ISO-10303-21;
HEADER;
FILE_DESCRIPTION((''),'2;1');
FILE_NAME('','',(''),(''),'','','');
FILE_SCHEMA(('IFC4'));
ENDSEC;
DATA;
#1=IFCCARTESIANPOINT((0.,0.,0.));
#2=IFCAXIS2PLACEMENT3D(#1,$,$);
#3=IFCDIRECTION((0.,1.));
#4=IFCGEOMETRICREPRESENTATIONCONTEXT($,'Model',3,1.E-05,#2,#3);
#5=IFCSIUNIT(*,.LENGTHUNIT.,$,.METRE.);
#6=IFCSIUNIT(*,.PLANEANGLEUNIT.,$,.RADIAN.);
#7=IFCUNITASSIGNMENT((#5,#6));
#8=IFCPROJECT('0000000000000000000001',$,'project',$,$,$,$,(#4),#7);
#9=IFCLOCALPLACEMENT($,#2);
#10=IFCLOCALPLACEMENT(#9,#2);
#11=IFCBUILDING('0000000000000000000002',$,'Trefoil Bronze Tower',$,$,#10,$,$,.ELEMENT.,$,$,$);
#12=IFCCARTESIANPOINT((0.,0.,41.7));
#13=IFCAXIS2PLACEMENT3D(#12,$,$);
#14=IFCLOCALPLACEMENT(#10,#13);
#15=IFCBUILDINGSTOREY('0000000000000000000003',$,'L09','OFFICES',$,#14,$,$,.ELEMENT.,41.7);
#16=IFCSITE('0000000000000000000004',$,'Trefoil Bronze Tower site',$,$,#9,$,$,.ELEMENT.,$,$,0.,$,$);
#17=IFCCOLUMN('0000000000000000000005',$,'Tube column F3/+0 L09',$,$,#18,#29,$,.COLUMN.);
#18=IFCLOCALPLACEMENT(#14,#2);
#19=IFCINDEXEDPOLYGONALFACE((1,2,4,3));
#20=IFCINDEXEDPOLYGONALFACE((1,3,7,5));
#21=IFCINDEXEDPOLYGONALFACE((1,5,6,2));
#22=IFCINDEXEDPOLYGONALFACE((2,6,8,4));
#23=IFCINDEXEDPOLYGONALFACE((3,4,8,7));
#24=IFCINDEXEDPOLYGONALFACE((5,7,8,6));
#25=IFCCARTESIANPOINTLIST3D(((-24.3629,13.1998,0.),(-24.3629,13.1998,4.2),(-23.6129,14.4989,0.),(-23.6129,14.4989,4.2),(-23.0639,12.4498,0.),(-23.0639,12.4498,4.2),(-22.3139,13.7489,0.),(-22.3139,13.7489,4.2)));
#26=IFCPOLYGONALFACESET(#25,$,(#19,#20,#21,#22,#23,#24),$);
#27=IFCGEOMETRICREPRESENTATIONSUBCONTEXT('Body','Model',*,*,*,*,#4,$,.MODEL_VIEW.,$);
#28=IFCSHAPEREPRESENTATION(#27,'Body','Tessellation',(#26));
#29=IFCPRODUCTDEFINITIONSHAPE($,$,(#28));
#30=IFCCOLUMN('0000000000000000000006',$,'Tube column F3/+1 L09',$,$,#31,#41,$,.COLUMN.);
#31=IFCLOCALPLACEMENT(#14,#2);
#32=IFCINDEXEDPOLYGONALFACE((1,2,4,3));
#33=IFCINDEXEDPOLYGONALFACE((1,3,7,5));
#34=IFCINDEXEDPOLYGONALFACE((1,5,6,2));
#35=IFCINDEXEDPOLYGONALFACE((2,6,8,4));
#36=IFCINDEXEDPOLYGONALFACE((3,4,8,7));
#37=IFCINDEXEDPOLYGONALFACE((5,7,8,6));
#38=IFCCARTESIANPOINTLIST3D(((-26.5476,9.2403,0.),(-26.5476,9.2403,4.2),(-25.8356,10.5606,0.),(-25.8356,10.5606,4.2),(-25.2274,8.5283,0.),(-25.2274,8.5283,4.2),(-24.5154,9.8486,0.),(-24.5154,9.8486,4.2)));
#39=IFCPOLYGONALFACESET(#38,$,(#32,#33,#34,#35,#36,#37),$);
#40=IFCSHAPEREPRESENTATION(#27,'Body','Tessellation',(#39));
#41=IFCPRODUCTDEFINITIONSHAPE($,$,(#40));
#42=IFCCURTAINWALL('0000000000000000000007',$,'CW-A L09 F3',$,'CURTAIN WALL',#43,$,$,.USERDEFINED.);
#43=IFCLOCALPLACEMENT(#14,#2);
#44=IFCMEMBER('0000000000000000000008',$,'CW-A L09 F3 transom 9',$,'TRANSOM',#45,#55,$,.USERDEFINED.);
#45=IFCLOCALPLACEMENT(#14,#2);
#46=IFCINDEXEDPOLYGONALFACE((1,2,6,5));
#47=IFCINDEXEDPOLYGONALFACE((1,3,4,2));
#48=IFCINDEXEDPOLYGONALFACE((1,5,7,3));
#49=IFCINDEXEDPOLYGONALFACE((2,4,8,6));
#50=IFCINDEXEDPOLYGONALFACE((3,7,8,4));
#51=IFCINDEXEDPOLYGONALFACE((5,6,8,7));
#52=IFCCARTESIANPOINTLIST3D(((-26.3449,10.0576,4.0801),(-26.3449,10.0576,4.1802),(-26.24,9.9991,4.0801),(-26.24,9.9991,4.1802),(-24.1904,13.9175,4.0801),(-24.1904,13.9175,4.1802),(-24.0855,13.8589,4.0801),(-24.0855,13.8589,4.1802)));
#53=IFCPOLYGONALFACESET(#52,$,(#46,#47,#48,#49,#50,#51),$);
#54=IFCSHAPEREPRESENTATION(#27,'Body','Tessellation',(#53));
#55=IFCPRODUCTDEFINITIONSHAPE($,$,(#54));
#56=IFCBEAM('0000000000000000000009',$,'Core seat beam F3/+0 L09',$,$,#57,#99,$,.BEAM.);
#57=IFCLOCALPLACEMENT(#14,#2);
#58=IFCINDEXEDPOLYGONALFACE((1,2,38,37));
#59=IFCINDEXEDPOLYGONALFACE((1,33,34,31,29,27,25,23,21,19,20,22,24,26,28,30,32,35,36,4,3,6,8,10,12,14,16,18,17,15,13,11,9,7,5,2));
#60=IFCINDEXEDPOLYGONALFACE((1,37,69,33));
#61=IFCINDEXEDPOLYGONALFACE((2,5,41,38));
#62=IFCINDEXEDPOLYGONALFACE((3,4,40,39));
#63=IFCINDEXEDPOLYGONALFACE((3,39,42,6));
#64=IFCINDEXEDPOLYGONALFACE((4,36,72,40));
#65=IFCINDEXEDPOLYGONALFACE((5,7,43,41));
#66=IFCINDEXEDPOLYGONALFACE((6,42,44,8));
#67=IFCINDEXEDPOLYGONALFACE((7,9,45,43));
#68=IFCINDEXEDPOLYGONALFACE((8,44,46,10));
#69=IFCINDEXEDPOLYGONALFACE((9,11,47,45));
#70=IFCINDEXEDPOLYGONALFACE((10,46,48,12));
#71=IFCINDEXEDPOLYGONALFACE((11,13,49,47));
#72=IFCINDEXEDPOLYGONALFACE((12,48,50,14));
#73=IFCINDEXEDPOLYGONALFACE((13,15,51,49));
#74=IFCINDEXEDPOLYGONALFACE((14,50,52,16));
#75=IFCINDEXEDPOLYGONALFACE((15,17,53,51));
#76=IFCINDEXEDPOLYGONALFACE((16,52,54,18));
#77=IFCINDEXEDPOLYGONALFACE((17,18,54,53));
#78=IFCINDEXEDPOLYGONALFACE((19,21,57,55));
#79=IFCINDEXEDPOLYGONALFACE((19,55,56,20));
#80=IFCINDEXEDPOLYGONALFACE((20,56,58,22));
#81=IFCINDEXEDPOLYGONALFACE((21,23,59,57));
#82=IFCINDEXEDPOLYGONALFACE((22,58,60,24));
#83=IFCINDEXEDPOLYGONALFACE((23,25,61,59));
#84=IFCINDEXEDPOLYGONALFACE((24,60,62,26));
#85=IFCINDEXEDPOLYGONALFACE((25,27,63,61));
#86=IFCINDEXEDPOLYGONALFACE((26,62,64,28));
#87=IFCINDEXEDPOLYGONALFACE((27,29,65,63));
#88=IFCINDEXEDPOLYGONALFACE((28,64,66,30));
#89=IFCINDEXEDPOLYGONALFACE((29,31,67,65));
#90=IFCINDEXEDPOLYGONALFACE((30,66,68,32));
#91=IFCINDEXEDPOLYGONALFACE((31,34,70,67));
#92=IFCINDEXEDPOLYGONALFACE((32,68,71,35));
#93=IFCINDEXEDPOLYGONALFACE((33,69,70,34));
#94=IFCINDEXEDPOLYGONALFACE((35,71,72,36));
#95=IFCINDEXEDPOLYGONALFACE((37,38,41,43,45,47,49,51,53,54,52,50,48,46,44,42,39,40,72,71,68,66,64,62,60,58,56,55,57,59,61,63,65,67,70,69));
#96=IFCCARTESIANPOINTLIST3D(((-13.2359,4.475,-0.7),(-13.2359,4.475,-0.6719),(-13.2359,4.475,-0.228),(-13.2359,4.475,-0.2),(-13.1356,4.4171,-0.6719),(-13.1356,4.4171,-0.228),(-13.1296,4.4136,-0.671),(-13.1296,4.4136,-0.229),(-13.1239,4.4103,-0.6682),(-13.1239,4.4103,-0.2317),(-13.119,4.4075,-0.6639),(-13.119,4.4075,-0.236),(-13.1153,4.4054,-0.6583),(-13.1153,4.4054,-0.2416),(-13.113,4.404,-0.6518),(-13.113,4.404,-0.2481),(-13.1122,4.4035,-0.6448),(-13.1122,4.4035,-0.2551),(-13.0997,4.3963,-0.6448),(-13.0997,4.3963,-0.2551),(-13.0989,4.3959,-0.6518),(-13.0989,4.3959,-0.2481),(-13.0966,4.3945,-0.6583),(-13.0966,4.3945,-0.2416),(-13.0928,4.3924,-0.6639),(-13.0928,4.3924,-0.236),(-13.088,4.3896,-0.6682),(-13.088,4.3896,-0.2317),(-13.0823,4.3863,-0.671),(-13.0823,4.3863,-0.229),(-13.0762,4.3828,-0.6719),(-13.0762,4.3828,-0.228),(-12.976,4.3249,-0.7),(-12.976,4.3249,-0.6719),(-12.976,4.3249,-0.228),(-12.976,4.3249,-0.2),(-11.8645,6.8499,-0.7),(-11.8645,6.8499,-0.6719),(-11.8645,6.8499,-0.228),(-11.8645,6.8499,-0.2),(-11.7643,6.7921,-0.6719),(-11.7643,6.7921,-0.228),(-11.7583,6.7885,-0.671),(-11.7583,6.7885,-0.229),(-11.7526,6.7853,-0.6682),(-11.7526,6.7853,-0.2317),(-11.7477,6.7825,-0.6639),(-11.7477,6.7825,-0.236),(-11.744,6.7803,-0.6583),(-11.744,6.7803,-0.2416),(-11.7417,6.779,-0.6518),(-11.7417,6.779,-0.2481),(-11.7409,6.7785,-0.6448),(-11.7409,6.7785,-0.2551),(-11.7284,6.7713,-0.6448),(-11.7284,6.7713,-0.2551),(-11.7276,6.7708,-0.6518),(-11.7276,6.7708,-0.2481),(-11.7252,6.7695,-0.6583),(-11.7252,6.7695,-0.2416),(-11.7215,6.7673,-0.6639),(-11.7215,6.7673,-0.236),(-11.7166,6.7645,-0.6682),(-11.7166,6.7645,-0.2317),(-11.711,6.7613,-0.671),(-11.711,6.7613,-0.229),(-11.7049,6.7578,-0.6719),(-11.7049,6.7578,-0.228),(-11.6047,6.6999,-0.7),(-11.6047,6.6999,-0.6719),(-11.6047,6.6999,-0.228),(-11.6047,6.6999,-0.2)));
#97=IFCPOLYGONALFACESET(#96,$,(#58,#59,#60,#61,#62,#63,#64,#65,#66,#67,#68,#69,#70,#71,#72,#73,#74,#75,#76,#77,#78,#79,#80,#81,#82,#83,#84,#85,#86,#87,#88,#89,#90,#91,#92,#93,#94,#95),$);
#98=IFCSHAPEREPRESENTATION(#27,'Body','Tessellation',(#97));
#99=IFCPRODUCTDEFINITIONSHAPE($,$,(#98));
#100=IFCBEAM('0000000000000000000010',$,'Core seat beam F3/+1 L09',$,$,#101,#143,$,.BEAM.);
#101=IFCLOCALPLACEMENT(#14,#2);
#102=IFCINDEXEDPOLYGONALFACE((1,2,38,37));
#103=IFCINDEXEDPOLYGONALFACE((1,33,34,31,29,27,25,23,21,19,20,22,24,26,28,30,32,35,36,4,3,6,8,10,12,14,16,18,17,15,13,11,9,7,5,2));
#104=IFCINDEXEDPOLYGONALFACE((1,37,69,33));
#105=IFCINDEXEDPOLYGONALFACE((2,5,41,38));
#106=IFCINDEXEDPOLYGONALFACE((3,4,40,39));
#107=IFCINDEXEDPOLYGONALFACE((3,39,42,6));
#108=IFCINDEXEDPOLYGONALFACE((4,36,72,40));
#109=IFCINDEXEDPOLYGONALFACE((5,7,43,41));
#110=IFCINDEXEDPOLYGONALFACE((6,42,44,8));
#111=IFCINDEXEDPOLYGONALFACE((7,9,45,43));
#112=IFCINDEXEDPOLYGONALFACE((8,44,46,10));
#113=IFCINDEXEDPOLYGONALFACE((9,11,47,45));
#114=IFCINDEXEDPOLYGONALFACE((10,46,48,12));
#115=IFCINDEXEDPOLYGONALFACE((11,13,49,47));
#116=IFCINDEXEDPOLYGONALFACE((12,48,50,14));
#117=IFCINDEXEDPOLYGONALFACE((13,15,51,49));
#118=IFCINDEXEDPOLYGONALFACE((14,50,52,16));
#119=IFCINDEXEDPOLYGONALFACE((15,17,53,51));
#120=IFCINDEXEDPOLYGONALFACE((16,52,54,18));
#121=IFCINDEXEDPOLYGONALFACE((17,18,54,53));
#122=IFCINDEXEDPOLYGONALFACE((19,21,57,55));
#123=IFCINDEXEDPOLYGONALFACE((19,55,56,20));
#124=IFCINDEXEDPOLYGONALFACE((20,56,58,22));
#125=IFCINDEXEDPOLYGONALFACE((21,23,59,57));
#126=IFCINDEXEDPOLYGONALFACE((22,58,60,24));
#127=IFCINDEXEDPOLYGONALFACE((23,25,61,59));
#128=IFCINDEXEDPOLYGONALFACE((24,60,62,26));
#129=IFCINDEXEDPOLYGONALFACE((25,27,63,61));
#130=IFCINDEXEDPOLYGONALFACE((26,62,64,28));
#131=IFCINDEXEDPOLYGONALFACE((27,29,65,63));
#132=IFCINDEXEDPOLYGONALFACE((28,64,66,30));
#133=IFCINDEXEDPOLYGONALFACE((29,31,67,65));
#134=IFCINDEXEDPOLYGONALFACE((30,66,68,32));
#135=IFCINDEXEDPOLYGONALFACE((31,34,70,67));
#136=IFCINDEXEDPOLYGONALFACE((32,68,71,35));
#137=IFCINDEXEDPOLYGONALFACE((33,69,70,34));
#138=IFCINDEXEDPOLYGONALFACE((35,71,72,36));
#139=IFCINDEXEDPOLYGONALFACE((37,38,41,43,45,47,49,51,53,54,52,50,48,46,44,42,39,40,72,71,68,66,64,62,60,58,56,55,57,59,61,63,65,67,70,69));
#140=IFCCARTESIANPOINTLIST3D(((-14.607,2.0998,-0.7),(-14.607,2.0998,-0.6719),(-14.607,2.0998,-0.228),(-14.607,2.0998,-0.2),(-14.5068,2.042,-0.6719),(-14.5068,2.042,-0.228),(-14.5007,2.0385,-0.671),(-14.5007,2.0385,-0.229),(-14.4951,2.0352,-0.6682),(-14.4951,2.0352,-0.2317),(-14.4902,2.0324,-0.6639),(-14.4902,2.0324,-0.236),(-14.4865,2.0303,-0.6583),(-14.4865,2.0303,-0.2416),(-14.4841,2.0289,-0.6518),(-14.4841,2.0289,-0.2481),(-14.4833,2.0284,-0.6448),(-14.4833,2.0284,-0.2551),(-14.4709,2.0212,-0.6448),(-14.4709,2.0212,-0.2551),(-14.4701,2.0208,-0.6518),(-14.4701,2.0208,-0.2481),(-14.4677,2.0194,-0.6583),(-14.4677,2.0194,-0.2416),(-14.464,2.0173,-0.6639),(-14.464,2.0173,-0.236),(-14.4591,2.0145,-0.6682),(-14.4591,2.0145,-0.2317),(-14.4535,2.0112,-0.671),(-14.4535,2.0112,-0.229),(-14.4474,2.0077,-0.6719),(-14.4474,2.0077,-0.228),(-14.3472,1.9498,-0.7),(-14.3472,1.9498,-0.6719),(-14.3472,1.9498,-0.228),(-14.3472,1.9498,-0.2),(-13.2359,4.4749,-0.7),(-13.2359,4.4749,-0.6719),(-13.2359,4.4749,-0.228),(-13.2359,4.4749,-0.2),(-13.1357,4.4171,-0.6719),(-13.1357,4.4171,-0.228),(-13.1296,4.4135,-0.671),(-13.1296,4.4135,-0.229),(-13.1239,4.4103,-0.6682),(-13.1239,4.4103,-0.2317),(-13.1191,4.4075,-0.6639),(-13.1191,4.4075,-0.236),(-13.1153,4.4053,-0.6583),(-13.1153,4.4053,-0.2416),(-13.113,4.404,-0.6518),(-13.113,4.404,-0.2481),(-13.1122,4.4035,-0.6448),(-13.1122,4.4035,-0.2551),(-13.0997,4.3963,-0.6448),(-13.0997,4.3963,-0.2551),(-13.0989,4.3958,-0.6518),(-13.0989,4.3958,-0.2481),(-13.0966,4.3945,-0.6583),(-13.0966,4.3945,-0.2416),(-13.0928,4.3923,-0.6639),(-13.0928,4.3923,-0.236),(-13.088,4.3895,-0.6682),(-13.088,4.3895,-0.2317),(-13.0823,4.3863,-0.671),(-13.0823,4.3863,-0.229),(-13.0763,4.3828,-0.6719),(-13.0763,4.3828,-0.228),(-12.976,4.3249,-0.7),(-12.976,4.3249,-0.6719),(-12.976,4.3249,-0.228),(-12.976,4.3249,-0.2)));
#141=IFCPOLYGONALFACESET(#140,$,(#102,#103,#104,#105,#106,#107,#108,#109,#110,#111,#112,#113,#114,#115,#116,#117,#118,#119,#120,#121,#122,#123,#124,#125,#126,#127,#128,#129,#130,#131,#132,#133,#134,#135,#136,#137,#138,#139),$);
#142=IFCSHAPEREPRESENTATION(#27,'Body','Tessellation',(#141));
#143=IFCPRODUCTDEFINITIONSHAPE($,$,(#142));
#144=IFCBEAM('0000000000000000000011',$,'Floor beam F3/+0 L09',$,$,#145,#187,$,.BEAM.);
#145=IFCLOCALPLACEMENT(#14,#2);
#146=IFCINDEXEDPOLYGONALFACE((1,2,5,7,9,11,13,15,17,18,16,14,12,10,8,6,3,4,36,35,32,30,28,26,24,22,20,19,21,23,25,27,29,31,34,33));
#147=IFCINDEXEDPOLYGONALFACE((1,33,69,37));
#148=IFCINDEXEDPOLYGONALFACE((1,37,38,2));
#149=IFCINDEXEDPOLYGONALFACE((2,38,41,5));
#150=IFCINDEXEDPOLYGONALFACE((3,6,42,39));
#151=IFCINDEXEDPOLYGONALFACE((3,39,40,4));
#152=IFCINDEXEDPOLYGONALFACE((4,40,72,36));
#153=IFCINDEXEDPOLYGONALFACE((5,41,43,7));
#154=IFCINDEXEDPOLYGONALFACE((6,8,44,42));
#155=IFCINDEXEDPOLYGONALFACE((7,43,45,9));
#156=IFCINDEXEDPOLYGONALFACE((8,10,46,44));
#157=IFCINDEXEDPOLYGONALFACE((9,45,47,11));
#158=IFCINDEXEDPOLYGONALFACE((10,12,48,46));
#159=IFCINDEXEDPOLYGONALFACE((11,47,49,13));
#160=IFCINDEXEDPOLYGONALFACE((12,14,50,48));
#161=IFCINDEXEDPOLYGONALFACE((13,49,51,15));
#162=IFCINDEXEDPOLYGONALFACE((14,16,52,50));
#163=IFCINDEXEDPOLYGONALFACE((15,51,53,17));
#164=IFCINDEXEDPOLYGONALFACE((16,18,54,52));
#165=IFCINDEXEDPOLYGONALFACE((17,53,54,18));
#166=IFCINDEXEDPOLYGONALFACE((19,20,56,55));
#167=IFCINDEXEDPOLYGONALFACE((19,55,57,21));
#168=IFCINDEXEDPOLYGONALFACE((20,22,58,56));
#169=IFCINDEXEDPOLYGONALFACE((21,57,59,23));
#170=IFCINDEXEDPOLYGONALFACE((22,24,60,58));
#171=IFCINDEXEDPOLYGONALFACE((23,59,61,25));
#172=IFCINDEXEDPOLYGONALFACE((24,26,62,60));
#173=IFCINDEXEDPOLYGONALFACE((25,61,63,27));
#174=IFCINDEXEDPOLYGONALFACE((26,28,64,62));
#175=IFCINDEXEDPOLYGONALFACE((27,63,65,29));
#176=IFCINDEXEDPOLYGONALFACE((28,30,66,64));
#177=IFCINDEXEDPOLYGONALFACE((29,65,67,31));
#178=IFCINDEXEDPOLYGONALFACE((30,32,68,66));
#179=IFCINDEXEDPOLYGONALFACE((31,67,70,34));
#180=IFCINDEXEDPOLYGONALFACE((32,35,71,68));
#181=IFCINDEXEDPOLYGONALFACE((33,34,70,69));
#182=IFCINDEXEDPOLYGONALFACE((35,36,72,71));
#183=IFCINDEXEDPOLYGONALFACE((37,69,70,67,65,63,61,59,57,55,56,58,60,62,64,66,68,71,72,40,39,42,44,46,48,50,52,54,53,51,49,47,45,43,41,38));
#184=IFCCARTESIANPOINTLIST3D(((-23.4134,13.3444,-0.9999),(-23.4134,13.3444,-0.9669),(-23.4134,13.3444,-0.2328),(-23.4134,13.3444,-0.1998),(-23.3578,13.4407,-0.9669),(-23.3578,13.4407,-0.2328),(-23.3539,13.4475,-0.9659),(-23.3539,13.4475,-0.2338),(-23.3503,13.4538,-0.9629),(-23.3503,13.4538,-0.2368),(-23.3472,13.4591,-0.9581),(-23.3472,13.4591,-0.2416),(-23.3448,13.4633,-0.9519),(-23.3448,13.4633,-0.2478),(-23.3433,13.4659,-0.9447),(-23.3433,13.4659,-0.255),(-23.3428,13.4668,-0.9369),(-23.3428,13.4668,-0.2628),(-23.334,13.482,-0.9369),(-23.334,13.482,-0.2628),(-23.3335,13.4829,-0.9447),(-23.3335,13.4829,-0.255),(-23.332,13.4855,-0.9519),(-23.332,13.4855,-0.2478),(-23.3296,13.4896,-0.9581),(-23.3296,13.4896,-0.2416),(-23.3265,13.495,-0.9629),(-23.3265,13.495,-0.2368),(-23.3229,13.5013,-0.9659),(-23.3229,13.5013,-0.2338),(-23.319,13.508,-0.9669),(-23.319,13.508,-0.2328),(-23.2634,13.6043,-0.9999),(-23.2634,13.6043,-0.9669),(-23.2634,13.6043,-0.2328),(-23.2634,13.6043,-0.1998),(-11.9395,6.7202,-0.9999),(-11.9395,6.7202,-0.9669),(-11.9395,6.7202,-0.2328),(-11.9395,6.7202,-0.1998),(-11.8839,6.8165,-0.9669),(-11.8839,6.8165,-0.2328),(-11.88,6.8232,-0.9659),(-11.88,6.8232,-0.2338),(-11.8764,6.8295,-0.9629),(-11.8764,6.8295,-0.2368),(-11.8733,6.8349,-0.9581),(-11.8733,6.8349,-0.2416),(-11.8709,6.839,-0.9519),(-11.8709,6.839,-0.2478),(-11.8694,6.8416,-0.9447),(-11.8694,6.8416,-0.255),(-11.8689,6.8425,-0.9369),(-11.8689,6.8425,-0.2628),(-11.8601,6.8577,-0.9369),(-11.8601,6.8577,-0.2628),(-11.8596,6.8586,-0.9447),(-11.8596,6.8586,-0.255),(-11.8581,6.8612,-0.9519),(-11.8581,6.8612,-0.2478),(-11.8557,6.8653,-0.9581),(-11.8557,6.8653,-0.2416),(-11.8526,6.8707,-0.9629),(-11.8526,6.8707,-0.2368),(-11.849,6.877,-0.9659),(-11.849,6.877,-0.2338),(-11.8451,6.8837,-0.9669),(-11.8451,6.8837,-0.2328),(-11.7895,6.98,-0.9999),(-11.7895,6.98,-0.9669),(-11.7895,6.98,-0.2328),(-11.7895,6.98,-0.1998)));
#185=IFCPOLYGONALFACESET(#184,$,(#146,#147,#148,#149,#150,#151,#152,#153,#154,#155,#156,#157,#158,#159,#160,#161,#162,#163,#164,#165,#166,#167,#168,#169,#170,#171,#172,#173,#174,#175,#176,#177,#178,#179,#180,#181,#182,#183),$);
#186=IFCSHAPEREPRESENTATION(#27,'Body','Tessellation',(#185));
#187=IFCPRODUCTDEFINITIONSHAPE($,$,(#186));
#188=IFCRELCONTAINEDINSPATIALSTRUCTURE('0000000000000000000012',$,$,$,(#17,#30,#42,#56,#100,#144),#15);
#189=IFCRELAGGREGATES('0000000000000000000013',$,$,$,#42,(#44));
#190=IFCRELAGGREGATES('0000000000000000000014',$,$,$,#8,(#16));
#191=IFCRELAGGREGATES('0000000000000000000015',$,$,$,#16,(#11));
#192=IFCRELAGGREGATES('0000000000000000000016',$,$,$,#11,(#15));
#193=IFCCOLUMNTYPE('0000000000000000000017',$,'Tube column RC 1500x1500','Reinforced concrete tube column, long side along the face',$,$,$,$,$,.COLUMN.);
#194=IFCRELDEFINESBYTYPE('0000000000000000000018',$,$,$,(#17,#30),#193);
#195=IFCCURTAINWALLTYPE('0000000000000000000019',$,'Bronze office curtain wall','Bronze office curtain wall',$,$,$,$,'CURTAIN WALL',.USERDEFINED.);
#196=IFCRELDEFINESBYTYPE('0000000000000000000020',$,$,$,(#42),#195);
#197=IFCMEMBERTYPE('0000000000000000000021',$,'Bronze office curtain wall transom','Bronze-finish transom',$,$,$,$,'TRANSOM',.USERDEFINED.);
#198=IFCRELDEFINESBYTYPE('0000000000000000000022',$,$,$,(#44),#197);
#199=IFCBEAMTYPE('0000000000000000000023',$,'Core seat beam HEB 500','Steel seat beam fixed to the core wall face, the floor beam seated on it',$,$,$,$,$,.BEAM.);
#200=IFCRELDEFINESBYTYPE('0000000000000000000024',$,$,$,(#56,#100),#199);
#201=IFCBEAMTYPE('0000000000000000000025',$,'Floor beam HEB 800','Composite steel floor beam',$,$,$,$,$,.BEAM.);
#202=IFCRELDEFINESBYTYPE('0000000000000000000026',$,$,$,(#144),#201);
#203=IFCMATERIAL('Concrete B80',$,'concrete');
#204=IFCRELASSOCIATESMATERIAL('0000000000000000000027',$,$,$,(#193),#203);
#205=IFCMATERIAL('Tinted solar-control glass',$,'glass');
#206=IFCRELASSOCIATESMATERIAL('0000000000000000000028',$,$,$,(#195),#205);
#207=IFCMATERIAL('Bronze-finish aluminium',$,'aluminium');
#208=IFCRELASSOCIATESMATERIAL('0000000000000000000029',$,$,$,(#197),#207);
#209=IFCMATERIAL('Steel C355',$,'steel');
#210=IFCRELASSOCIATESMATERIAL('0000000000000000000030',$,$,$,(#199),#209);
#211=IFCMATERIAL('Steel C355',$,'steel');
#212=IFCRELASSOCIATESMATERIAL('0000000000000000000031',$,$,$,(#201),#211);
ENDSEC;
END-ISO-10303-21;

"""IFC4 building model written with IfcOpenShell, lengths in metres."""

from ifc_helpers import new_model, si_unit, direction, frame, origin, origin_2d, place, context, subcontext, project, spatial, rectangle, i_section, extrude, material, material_profile, profile_set, type_object, element, aggregate, save


model = new_model("IFC4")

# Units and contexts
model_context = context("Model", 3, precision=1e-05, world=origin(), true_north=direction((0.0, 1.0)))
body_context = subcontext(model_context, "Body", "Model", "MODEL_VIEW")
ifc_project = project(units=[si_unit("LENGTHUNIT", "METRE"), si_unit("PLANEANGLEUNIT", "RADIAN")], contexts=[model_context])

# Site, building, storey
site_placement = place(None, origin())
site = spatial("IfcSite", under=ifc_project, at=site_placement, Name="Trefoil Bronze Tower site", CompositionType="ELEMENT", RefElevation=0.0)
building_placement = place(site_placement, origin())
building = spatial("IfcBuilding", under=site, at=building_placement, Name="Trefoil Bronze Tower", CompositionType="ELEMENT")
storey_placement = place(building_placement, frame((0.0, 0.0, 41.7)))
storey = spatial("IfcBuildingStorey", under=building, at=storey_placement, Name="L09", Description="OFFICES", CompositionType="ELEMENT", Elevation=41.7)

# Columns
ifc_material_1 = material(Name="Concrete B80", Category="concrete")
ifc_material_profile_1 = material_profile(ifc_material_1, rectangle(XDim=1.5, YDim=1.5, at=origin_2d()), Name="RC 1500x1500")
ifc_profile_set_1 = profile_set([ifc_material_profile_1], Name="Concrete B80")
column_type = type_object("IfcColumnType", Name="Tube column RC 1500x1500", Description="Reinforced concrete tube column, long side along the face", PredefinedType="COLUMN", material=ifc_profile_set_1)
for number, where, z_axis, x_axis, name in (
    (1, (-23.3384, 13.4744, 0.0), (0.0, 0.0, 1.0), (-0.5, -0.866025, 0.0), "Tube column F3/+0 L09"),
    (2, (-25.5315, 9.5444, 0.0), (0.0, 0.0, 1.0), (-0.474656, -0.880171, 0.0), "Tube column F3/+1 L09"),
):
    element("IfcColumn", number, at=place(storey_placement, frame(where, z_axis=z_axis, x_axis=x_axis)), inside=storey, type_object=column_type, Name=name, PredefinedType="COLUMN", context=body_context, shape_type="SweptSolid", body=[
        extrude(rectangle(XDim=1.5, YDim=1.5, at=origin_2d()), origin(), (0.0, 0.0, 1.0), 4.2),
    ])

# Curtain wall, member
ifc_material_2 = material(Name="Tinted solar-control glass", Category="glass")
curtain_wall_type = type_object("IfcCurtainWallType", Name="Bronze office curtain wall", Description="Bronze office curtain wall", ElementType="CURTAIN WALL", PredefinedType="USERDEFINED", material=ifc_material_2)
curtain_wall_placement = place(storey_placement, origin())
curtain_wall = element("IfcCurtainWall", 3, at=curtain_wall_placement, inside=storey, type_object=curtain_wall_type, Name="CW-A L09 F3", ObjectType="CURTAIN WALL", PredefinedType="USERDEFINED")
ifc_material_3 = material(Name="Bronze-finish aluminium", Category="aluminium")
ifc_material_profile_2 = material_profile(ifc_material_3, rectangle(XDim=0.1201, YDim=0.1001, at=origin_2d()), Name="CW-A transom")
ifc_profile_set_2 = profile_set([ifc_material_profile_2], Name="Bronze-finish aluminium")
member_type = type_object("IfcMemberType", Name="Bronze office curtain wall transom", Description="Bronze-finish transom", ElementType="TRANSOM", PredefinedType="USERDEFINED", material=ifc_profile_set_2)
member_placement = place(storey_placement, frame((-24.1379, 13.8882, 4.1301), z_axis=(-0.4874, -0.873179, 0.0), x_axis=(0.873179, -0.4874, 0.0)))
member = element("IfcMember", 4, at=member_placement, type_object=member_type, Name="CW-A L09 F3 transom 9", ObjectType="TRANSOM", PredefinedType="USERDEFINED", context=body_context, shape_type="SweptSolid", body=[
    extrude(rectangle(XDim=0.1201, YDim=0.1001, at=origin_2d()), origin(), (0.0, 0.0, 1.0), 4.4204),
])

# Beams
ifc_material_4 = material(Name="Steel C355", Category="steel")
ifc_material_profile_3 = material_profile(ifc_material_4, i_section(OverallWidth=0.3, OverallDepth=0.5, WebThickness=0.0144, FlangeThickness=0.0281, FilletRadius=0.0271, at=origin_2d()), Name="HEB 500")
ifc_profile_set_3 = profile_set([ifc_material_profile_3], Name="Steel C355")
beam_type_1 = type_object("IfcBeamType", Name="Core seat beam HEB 500", Description="Steel seat beam fixed to the core wall face, the floor beam seated on it", PredefinedType="BEAM", material=ifc_profile_set_3)
for number, where, z_axis, x_axis, name in (
    (5, (-11.7346, 6.7749, -0.45), (-0.500036, -0.866005, 0.0), (0.866005, -0.500036, 0.0), "Core seat beam F3/+0 L09"),
    (6, (-13.106, 4.3999, -0.45), (-0.499969, -0.866043, 0.0), (0.866043, -0.499969, 0.0), "Core seat beam F3/+1 L09"),
):
    element("IfcBeam", number, at=place(storey_placement, frame(where, z_axis=z_axis, x_axis=x_axis)), inside=storey, type_object=beam_type_1, Name=name, PredefinedType="BEAM", context=body_context, shape_type="SweptSolid", body=[
        extrude(i_section(OverallWidth=0.3, OverallDepth=0.5, WebThickness=0.0144, FlangeThickness=0.0281, FilletRadius=0.0271, at=origin_2d()), origin(), (0.0, 0.0, 1.0), 2.7424),
    ])
ifc_material_5 = material(Name="Steel C355", Category="steel")
ifc_material_profile_4 = material_profile(ifc_material_5, i_section(OverallWidth=0.3, OverallDepth=0.8, WebThickness=0.0176, FlangeThickness=0.033, FilletRadius=0.03, at=origin_2d()), Name="HEB 800")
ifc_profile_set_4 = profile_set([ifc_material_profile_4], Name="Steel C355")
beam_type_2 = type_object("IfcBeamType", Name="Floor beam HEB 800", Description="Composite steel floor beam", PredefinedType="BEAM", material=ifc_profile_set_4)
beam_1_placement = place(storey_placement, frame((-23.3384, 13.4744, -0.5999), z_axis=(0.866031, -0.49999, 0.0), x_axis=(0.49999, 0.866031, 0.0)))
element("IfcBeam", 7, at=beam_1_placement, inside=storey, type_object=beam_type_2, Name="Floor beam F3/+0 L09", PredefinedType="BEAM", context=body_context, shape_type="SweptSolid", body=[
    extrude(i_section(OverallWidth=0.3, OverallDepth=0.8, WebThickness=0.0176, FlangeThickness=0.033, FilletRadius=0.03, at=origin_2d()), origin(), (0.0, 0.0, 1.0), 13.2488),
])

aggregate(curtain_wall, [member])

save(model, "model.ifc")
